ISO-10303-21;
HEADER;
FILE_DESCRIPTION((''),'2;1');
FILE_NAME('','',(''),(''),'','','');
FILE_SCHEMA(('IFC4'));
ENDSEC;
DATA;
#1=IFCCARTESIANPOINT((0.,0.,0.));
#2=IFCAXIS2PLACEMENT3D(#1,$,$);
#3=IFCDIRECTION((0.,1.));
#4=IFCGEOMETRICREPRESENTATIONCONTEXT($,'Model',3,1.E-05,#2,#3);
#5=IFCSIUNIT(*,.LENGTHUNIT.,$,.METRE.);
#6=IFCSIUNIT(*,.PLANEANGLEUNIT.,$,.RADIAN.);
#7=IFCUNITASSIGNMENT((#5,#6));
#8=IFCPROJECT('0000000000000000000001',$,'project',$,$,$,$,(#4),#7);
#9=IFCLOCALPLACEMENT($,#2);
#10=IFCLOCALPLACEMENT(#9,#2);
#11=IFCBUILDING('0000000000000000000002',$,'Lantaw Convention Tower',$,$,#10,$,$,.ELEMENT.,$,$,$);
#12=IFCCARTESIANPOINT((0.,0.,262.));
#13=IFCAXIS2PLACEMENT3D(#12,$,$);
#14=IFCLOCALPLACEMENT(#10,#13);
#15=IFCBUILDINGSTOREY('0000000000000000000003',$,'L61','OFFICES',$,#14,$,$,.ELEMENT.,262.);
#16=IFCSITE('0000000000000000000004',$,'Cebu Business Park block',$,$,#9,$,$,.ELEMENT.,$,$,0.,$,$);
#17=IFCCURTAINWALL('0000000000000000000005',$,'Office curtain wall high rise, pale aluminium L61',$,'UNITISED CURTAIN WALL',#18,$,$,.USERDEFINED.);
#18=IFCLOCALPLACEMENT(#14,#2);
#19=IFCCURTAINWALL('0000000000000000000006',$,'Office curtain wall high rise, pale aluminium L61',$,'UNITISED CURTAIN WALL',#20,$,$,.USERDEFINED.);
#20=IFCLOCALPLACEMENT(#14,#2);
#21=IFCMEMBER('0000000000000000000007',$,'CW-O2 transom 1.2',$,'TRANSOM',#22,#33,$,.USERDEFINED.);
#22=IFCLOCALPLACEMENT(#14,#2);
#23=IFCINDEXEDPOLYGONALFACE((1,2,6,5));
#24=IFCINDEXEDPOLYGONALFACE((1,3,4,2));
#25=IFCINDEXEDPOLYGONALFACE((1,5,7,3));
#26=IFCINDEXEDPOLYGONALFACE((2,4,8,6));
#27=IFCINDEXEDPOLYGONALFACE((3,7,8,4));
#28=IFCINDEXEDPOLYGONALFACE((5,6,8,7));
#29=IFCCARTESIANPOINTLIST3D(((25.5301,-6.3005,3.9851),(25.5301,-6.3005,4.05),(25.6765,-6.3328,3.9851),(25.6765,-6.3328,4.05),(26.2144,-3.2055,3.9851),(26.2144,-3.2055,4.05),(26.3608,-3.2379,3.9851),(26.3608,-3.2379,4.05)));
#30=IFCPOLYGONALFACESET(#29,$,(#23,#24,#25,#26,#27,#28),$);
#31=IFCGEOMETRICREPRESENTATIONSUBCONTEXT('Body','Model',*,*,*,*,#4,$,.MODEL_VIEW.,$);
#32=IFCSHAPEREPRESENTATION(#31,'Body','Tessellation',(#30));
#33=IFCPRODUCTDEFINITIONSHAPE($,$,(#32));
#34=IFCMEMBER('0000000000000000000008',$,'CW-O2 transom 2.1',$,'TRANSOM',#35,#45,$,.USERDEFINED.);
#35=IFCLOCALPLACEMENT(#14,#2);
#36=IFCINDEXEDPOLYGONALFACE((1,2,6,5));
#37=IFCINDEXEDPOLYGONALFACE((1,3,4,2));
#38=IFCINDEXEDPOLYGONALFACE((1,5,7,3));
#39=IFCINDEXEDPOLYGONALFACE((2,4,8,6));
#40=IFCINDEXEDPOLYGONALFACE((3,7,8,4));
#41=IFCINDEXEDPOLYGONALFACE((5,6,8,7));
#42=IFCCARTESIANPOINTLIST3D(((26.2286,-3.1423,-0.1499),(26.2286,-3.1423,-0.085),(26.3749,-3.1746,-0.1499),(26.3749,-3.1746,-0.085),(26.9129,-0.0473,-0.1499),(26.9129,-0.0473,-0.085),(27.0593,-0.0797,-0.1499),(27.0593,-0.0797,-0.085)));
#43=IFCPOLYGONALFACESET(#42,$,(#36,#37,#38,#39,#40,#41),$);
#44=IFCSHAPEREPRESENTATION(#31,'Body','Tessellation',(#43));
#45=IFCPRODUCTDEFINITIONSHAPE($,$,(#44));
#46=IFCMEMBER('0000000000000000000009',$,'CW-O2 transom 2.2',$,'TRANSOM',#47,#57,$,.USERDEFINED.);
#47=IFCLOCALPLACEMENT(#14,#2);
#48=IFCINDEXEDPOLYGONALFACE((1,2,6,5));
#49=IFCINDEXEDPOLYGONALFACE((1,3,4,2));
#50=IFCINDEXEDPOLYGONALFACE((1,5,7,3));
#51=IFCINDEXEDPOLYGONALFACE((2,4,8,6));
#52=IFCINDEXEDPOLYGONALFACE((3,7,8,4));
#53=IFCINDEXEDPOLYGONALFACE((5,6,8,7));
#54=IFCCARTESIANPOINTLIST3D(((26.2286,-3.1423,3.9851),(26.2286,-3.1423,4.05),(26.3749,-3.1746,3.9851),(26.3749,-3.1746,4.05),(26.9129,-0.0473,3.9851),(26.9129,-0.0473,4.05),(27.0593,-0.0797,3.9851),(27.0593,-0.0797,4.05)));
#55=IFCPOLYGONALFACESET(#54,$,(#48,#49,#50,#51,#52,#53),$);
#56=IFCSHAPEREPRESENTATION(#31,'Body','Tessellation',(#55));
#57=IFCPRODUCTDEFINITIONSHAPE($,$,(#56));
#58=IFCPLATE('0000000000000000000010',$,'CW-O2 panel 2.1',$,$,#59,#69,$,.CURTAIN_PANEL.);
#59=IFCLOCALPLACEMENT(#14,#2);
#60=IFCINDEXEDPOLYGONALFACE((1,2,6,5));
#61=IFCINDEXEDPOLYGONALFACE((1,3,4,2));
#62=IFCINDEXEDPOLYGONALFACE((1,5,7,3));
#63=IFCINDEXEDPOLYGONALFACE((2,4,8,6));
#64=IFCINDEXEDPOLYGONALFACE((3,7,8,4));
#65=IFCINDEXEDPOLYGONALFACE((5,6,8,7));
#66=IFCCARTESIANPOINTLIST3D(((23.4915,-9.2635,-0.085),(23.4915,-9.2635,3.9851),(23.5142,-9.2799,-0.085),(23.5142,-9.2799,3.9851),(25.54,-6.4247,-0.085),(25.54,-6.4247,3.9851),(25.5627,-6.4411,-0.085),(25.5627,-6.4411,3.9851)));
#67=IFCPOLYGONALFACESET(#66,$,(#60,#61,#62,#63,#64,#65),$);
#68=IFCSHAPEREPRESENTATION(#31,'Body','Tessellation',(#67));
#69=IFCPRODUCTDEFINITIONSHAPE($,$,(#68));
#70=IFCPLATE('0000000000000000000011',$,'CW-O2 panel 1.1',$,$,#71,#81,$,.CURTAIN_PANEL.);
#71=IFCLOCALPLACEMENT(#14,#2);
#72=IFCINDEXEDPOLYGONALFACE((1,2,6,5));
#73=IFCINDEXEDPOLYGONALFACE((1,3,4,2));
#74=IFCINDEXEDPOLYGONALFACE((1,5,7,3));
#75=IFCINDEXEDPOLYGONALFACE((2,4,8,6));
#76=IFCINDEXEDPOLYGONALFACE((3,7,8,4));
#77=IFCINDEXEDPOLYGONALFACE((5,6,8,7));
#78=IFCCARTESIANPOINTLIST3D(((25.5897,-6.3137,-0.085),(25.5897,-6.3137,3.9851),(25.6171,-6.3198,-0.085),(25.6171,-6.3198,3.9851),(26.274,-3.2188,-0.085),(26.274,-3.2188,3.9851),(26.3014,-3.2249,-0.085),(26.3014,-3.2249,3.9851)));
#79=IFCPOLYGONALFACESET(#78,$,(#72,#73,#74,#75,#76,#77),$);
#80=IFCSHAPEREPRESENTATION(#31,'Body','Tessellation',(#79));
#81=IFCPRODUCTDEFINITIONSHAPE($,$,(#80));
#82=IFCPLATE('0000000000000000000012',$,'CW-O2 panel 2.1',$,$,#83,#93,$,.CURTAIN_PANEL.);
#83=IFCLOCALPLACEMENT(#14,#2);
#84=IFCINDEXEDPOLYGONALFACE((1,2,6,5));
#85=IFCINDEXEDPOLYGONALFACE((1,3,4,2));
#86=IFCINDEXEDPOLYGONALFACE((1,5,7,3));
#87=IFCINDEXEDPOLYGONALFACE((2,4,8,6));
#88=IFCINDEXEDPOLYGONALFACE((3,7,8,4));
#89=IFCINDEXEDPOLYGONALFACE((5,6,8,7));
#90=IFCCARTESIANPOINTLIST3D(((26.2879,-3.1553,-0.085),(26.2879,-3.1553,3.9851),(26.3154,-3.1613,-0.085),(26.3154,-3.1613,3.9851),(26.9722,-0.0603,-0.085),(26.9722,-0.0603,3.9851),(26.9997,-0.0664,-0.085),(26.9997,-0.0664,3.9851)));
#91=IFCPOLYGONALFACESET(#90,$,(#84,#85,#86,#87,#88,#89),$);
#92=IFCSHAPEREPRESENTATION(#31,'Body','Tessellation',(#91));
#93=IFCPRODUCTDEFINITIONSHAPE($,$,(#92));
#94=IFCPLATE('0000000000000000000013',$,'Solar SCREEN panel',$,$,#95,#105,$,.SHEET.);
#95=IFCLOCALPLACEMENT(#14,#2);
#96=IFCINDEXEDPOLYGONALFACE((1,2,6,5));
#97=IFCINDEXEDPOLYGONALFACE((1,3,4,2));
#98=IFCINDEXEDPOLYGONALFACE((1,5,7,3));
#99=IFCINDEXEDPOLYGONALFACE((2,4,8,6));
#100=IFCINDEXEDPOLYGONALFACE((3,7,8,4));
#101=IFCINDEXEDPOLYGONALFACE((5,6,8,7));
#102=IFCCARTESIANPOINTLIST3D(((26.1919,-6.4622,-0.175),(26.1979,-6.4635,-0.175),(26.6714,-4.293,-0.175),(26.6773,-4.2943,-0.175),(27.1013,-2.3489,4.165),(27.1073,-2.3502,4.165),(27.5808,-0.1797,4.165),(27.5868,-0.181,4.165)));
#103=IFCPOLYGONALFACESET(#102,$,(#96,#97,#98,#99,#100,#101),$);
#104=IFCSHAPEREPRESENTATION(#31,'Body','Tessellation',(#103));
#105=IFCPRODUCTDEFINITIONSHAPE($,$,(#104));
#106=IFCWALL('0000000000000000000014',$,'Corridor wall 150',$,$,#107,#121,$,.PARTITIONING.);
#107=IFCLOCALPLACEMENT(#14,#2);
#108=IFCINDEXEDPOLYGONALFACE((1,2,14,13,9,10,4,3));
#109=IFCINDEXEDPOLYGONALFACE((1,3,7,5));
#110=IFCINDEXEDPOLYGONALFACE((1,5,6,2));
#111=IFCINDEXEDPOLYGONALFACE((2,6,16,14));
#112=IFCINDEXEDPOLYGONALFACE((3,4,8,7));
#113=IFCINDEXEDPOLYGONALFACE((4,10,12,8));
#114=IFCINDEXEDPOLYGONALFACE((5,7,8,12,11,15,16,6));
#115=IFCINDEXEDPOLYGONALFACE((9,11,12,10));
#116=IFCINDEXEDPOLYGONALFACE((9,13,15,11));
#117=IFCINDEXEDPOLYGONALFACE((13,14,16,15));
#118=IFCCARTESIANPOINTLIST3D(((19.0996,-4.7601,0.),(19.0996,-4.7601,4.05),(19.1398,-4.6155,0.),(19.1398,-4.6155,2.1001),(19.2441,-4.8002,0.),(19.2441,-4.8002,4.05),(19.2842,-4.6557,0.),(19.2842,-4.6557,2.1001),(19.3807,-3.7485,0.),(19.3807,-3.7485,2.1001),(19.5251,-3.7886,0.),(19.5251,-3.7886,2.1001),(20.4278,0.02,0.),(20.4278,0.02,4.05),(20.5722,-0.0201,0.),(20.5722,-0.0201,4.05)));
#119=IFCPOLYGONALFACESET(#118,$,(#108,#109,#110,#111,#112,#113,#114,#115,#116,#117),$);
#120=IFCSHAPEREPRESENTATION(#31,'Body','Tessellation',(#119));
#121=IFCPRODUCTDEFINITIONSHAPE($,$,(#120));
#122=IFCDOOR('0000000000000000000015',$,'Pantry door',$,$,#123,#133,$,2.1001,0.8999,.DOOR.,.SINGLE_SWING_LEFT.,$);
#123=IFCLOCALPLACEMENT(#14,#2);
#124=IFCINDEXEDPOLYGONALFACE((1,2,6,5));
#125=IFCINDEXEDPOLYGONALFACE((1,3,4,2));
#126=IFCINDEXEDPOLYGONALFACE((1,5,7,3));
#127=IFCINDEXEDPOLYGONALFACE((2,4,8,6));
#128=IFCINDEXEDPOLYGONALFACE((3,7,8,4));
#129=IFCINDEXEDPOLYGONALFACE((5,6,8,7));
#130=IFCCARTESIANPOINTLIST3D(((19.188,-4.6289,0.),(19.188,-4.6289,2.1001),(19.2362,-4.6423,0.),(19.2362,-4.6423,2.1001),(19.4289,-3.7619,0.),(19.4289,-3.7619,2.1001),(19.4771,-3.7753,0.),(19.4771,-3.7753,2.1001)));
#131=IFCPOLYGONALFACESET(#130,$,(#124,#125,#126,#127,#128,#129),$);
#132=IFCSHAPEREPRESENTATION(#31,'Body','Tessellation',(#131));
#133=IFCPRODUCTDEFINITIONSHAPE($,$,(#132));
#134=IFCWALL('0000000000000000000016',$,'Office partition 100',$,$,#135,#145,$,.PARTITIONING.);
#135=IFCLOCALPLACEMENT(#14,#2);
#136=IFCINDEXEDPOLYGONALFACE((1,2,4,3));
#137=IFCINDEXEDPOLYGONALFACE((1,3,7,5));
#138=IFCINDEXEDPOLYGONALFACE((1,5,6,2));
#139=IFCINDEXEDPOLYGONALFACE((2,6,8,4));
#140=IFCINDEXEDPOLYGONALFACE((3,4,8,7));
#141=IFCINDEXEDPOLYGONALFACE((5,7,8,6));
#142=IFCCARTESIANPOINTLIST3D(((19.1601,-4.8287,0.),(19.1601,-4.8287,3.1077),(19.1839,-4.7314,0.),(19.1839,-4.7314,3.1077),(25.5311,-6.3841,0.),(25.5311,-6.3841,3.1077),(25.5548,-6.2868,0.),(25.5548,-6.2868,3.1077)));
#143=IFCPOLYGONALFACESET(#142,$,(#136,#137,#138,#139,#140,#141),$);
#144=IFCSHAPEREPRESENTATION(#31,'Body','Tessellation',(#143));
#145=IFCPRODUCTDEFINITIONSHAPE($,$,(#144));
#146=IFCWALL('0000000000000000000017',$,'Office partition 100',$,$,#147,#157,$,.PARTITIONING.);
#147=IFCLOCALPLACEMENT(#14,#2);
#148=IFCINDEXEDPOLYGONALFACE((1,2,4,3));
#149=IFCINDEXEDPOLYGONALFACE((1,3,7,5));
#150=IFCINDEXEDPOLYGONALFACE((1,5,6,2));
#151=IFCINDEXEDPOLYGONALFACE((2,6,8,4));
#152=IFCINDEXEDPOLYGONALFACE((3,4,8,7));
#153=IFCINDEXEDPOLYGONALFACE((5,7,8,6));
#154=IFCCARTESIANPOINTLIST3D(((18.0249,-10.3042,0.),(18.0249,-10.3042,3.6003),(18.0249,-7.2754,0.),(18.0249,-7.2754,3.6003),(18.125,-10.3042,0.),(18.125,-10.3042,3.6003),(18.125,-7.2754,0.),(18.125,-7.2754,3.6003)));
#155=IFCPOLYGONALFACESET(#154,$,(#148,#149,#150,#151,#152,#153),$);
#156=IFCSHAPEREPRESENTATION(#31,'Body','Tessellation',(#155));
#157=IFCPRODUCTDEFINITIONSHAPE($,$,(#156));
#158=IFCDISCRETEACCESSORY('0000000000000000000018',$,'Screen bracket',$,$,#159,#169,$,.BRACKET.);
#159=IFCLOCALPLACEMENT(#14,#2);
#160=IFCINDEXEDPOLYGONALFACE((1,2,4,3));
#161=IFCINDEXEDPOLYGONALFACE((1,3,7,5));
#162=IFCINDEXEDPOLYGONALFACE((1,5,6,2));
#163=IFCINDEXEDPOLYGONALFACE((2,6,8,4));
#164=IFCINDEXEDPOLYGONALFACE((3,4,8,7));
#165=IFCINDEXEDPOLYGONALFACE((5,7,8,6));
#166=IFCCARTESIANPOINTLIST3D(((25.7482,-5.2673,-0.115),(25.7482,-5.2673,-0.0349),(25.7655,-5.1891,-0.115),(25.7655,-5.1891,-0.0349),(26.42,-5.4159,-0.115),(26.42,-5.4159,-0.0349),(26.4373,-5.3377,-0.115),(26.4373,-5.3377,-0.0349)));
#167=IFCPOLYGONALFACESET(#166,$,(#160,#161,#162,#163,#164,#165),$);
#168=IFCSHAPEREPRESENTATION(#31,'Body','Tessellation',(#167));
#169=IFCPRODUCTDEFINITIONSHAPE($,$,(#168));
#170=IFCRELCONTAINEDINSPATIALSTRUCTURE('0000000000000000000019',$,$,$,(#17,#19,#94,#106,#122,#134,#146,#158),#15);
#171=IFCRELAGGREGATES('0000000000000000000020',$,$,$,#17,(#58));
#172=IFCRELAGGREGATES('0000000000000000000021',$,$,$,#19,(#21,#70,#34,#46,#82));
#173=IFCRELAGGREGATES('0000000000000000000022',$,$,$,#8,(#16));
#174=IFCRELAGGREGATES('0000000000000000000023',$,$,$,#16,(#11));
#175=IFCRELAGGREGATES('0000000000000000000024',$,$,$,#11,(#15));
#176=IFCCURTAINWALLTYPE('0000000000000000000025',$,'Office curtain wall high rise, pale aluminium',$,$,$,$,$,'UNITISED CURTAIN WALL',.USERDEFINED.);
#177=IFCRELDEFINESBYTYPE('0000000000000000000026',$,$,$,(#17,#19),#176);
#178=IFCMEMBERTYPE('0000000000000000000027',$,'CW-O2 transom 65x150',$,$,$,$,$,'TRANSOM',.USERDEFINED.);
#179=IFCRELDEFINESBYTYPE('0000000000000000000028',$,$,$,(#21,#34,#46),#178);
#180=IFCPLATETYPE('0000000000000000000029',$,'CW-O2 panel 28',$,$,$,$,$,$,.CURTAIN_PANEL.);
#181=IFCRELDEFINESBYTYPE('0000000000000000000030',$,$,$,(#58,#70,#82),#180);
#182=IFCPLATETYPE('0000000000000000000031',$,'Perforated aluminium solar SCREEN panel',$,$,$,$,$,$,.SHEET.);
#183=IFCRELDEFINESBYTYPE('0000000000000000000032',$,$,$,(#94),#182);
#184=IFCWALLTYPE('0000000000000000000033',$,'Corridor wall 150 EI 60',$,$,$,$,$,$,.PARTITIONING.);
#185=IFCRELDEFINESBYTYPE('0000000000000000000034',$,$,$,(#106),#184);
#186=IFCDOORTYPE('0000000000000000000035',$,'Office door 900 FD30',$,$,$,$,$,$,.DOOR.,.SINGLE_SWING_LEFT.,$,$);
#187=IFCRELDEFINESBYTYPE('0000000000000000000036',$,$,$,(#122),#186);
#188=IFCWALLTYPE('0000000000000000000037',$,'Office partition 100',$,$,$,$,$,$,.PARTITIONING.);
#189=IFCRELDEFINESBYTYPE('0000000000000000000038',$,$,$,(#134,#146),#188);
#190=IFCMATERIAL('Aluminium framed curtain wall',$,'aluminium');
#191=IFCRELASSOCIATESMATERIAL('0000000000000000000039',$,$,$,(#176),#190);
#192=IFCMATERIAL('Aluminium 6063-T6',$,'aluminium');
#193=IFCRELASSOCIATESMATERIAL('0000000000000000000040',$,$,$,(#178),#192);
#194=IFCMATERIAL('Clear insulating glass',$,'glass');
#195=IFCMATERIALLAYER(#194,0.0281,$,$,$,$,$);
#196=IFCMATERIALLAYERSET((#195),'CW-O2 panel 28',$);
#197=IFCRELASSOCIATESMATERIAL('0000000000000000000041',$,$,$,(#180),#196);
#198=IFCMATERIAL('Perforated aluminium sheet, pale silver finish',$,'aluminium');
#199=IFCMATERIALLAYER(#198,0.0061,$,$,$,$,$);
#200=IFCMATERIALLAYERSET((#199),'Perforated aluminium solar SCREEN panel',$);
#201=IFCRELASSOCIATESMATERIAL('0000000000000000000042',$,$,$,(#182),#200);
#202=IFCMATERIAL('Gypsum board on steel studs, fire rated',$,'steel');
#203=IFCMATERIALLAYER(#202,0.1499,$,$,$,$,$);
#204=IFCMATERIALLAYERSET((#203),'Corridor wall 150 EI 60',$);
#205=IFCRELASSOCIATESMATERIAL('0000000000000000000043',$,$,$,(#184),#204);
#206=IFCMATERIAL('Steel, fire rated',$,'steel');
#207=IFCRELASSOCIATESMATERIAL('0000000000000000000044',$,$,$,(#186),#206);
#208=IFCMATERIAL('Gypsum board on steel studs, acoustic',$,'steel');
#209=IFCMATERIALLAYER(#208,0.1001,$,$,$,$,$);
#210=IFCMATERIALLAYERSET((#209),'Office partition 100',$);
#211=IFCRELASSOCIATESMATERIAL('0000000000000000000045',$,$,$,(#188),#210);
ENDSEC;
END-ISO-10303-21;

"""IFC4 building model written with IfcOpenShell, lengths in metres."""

from ifc_helpers import new_model, si_unit, direction, frame, frame_2d, origin, origin_2d, place, context, subcontext, project, spatial, polyline, rectangle, outline, extrude, material, layer, layer_set, material_profile, profile_set, type_object, element, fill, aggregate, save


model = new_model("IFC4")

# Units and contexts
model_context = context("Model", 3, precision=1e-05, world=origin(), true_north=direction((0.0, 1.0)))
body_context = subcontext(model_context, "Body", "Model", "MODEL_VIEW")
ifc_project = project(units=[si_unit("LENGTHUNIT", "METRE"), si_unit("PLANEANGLEUNIT", "RADIAN")], contexts=[model_context])

# Site, building, storey
site_placement = place(None, origin())
site = spatial("IfcSite", under=ifc_project, at=site_placement, Name="Cebu Business Park block", CompositionType="ELEMENT", RefElevation=0.0)
building_placement = place(site_placement, origin())
building = spatial("IfcBuilding", under=site, at=building_placement, Name="Lantaw Convention Tower", CompositionType="ELEMENT")
storey_placement = place(building_placement, frame((0.0, 0.0, 262.0)))
storey = spatial("IfcBuildingStorey", under=building, at=storey_placement, Name="L61", Description="OFFICES", CompositionType="ELEMENT", Elevation=262.0)

# Curtain wall
ifc_material_1 = material(Name="Aluminium framed curtain wall", Category="aluminium")
curtain_wall_type = type_object("IfcCurtainWallType", Name="Office curtain wall high rise, pale aluminium", ElementType="UNITISED CURTAIN WALL", PredefinedType="USERDEFINED", material=ifc_material_1)
curtain_wall_1_placement = place(storey_placement, origin())
curtain_wall_1 = element("IfcCurtainWall", 1, at=curtain_wall_1_placement, inside=storey, type_object=curtain_wall_type, Name="Office curtain wall high rise, pale aluminium L61", ObjectType="UNITISED CURTAIN WALL", PredefinedType="USERDEFINED")
ifc_material_2 = material(Name="Aluminium 6063-T6", Category="aluminium")

# Curtain wall, members
curtain_wall_2_placement = place(storey_placement, origin())
curtain_wall_2 = element("IfcCurtainWall", 2, at=curtain_wall_2_placement, inside=storey, type_object=curtain_wall_type, Name="Office curtain wall high rise, pale aluminium L61", ObjectType="UNITISED CURTAIN WALL", PredefinedType="USERDEFINED")
ifc_material_profile_1 = material_profile(ifc_material_2, rectangle(XDim=0.1499, YDim=0.0649, at=origin_2d()), Name="CW-O2 transom 65x150")
ifc_profile_set_1 = profile_set([ifc_material_profile_1], Name="Aluminium 6063-T6")
member_type_1 = type_object("IfcMemberType", Name="CW-O2 transom 65x150", ElementType="TRANSOM", PredefinedType="USERDEFINED", material=ifc_profile_set_1)
member_1_placement = place(storey_placement, frame((25.6033, -6.3167, 4.0176), z_axis=(0.215895, 0.976417, 0.0), x_axis=(-0.976417, 0.215895, 0.0)))
member_1 = element("IfcMember", 3, at=member_1_placement, type_object=member_type_1, Name="CW-O2 transom 1.2", ObjectType="TRANSOM", PredefinedType="USERDEFINED", context=body_context, shape_type="SweptSolid", body=[
    extrude(rectangle(XDim=0.1499, YDim=0.0649, at=origin_2d()), origin(), (0.0, 0.0, 1.0), 3.1697),
])
member_2_placement = place(storey_placement, frame((26.3018, -3.1584, -0.1174), z_axis=(0.215895, 0.976417, 0.0), x_axis=(-0.976417, 0.215895, 0.0)))
member_2 = element("IfcMember", 4, at=member_2_placement, type_object=member_type_1, Name="CW-O2 transom 2.1", ObjectType="TRANSOM", PredefinedType="USERDEFINED", context=body_context, shape_type="SweptSolid", body=[
    extrude(rectangle(XDim=0.1499, YDim=0.0649, at=origin_2d()), origin(), (0.0, 0.0, 1.0), 3.1697),
])
member_3_placement = place(storey_placement, frame((26.3018, -3.1584, 4.0176), z_axis=(0.215895, 0.976417, 0.0), x_axis=(-0.976417, 0.215895, 0.0)))
member_3 = element("IfcMember", 5, at=member_3_placement, type_object=member_type_1, Name="CW-O2 transom 2.2", ObjectType="TRANSOM", PredefinedType="USERDEFINED", context=body_context, shape_type="SweptSolid", body=[
    extrude(rectangle(XDim=0.1499, YDim=0.0649, at=origin_2d()), origin(), (0.0, 0.0, 1.0), 3.1697),
])

# Plates
ifc_material_3 = material(Name="Clear insulating glass", Category="glass")
ifc_layer_1 = layer(ifc_material_3, 0.0281)
ifc_layer_set_1 = layer_set([ifc_layer_1], Name="CW-O2 panel 28")
plate_type_1 = type_object("IfcPlateType", Name="CW-O2 panel 28", PredefinedType="CURTAIN_PANEL", material=ifc_layer_set_1)
plate_1_placement = place(storey_placement, frame((24.5271, -7.8523, -0.085), z_axis=(0.0, 0.0, 1.0), x_axis=(0.585158, 0.81092, 0.0)))
plate_1 = element("IfcPlate", 6, at=plate_1_placement, type_object=plate_type_1, Name="CW-O2 panel 2.1", PredefinedType="CURTAIN_PANEL", context=body_context, shape_type="SweptSolid", body=[
    extrude(rectangle(XDim=3.5007, YDim=0.0281, at=origin_2d()), origin(), (0.0, 0.0, 1.0), 4.0701),
])
aggregate(curtain_wall_1, [plate_1])
plate_2_placement = place(storey_placement, frame((25.9456, -4.7693, -0.085), z_axis=(0.0, 0.0, 1.0), x_axis=(0.215891, 0.976417, 0.0)))
plate_2 = element("IfcPlate", 7, at=plate_2_placement, type_object=plate_type_1, Name="CW-O2 panel 1.1", PredefinedType="CURTAIN_PANEL", context=body_context, shape_type="SweptSolid", body=[
    extrude(rectangle(XDim=3.1697, YDim=0.0281, at=origin_2d()), origin(), (0.0, 0.0, 1.0), 4.0701),
])
plate_3_placement = place(storey_placement, frame((26.6438, -1.6108, -0.085), z_axis=(0.0, 0.0, 1.0), x_axis=(0.215891, 0.976417, 0.0)))
plate_3 = element("IfcPlate", 8, at=plate_3_placement, type_object=plate_type_1, Name="CW-O2 panel 2.1", PredefinedType="CURTAIN_PANEL", context=body_context, shape_type="SweptSolid", body=[
    extrude(rectangle(XDim=3.1697, YDim=0.0281, at=origin_2d()), origin(), (0.0, 0.0, 1.0), 4.0701),
])
aggregate(curtain_wall_2, [member_1, plate_2, member_2, member_3, plate_3])
ifc_material_4 = material(Name="Perforated aluminium sheet, pale silver finish", Category="aluminium")
ifc_layer_2 = layer(ifc_material_4, 0.0061)
ifc_layer_set_2 = layer_set([ifc_layer_2], Name="Perforated aluminium solar SCREEN panel")
plate_type_2 = type_object("IfcPlateType", Name="Perforated aluminium solar SCREEN panel", PredefinedType="SHEET", material=ifc_layer_set_2)
plate_4_placement = place(storey_placement, frame((26.1919, -6.4622, -0.175), z_axis=(-0.97643, 0.215837, 0.000044), x_axis=(0.215837, 0.97643, 0.0)))
element("IfcPlate", 9, at=plate_4_placement, inside=storey, type_object=plate_type_2, Name="Solar SCREEN panel", PredefinedType="SHEET", context=body_context, shape_type="SweptSolid", body=[
    extrude(outline(polyline([(0.0, 0.0), (2.2216, 0.0), (6.4342, -4.3401), (4.2126, -4.3401), (0.0, 0.0)])), origin(), (0.0, 0.0, -1.0), 0.0061),
])

# Wall, opening, door
ifc_material_5 = material(Name="Gypsum board on steel studs, fire rated", Category="steel")
ifc_layer_3 = layer(ifc_material_5, 0.1499)
ifc_layer_set_3 = layer_set([ifc_layer_3], Name="Corridor wall 150 EI 60")
wall_type_1 = type_object("IfcWallType", Name="Corridor wall 150 EI 60", PredefinedType="PARTITIONING", material=ifc_layer_set_3)
wall_1_placement = place(storey_placement, frame((19.1719, -4.78, 0.0), z_axis=(0.0, 0.0, 1.0), x_axis=(0.267707, 0.9635, 0.0)))
wall_1 = element("IfcWall", 10, at=wall_1_placement, inside=storey, type_object=wall_type_1, Name="Corridor wall 150", PredefinedType="PARTITIONING", context=body_context, shape_type="SweptSolid", body=[
    extrude(rectangle(XDim=4.9612, YDim=0.1499, at=frame_2d((2.4805, 0.0))), origin(), (0.0, 0.0, 1.0), 4.05),
])
opening_placement = place(wall_1_placement, frame((0.1499, 0.0, 0.0)))
opening = element("IfcOpeningElement", 11, at=opening_placement, cuts=wall_1, PredefinedType="OPENING", context=body_context, shape_type="SweptSolid", body=[
    extrude(rectangle(XDim=0.8999, YDim=2.1001, at=frame_2d((0.45, 1.05))), frame((0.0, 0.085, 0.0), z_axis=(0.0, -1.0, 0.0), x_axis=(1.0, 0.0, 0.0)), (0.0, 0.0, 1.0), 0.1699),
])
ifc_material_6 = material(Name="Steel, fire rated", Category="steel")
door_type = type_object("IfcDoorType", Name="Office door 900 FD30", OperationType="SINGLE_SWING_LEFT", PredefinedType="DOOR", material=ifc_material_6)
door_placement = place(opening_placement, origin())
door = element("IfcDoor", 12, at=door_placement, inside=storey, type_object=door_type, Name="Pantry door", OperationType="SINGLE_SWING_LEFT", OverallHeight=2.1001, OverallWidth=0.8999, PredefinedType="DOOR", context=body_context, shape_type="SweptSolid", body=[
    extrude(rectangle(XDim=0.8999, YDim=2.1001, at=frame_2d((0.45, 1.05))), frame((0.0, 0.0249, 0.0), z_axis=(0.0, -1.0, 0.0), x_axis=(1.0, 0.0, 0.0)), (0.0, 0.0, 1.0), 0.05),
])
fill(opening, door)

# Walls
ifc_material_7 = material(Name="Gypsum board on steel studs, acoustic", Category="steel")
ifc_layer_4 = layer(ifc_material_7, 0.1001)
ifc_layer_set_4 = layer_set([ifc_layer_4], Name="Office partition 100")
wall_type_2 = type_object("IfcWallType", Name="Office partition 100", PredefinedType="PARTITIONING", material=ifc_layer_set_4)
wall_2_placement = place(storey_placement, frame((25.543, -6.3354, 0.0), z_axis=(0.0, 0.0, 1.0), x_axis=(-0.971468, 0.237171, 0.0)))
element("IfcWall", 13, at=wall_2_placement, inside=storey, type_object=wall_type_2, Name="Office partition 100", PredefinedType="PARTITIONING", context=body_context, shape_type="SweptSolid", body=[
    extrude(rectangle(XDim=6.5581, YDim=0.1001, at=frame_2d((3.2791, 0.0))), origin(), (0.0, 0.0, 1.0), 3.1077),
])
wall_3_placement = place(storey_placement, frame((18.075, -7.2754, 0.0), z_axis=(0.0, 0.0, 1.0), x_axis=(0.0, -1.0, 0.0)))
element("IfcWall", 14, at=wall_3_placement, inside=storey, type_object=wall_type_2, Name="Office partition 100", PredefinedType="PARTITIONING", context=body_context, shape_type="SweptSolid", body=[
    extrude(rectangle(XDim=3.0288, YDim=0.1001, at=frame_2d((1.5144, 0.0))), origin(), (0.0, 0.0, 1.0), 3.6003),
])

# Discrete accessory
discrete_accessory_placement = place(storey_placement, frame((26.0928, -5.3025, -0.115), z_axis=(0.0, 0.0, 1.0), x_axis=(0.215891, 0.976417, 0.0)))
element("IfcDiscreteAccessory", 15, at=discrete_accessory_placement, inside=storey, Name="Screen bracket", PredefinedType="BRACKET", context=body_context, shape_type="SweptSolid", body=[
    extrude(rectangle(XDim=0.0801, YDim=0.688, at=origin_2d()), origin(), (0.0, 0.0, 1.0), 0.0801),
])

save(model, "model.ifc")
